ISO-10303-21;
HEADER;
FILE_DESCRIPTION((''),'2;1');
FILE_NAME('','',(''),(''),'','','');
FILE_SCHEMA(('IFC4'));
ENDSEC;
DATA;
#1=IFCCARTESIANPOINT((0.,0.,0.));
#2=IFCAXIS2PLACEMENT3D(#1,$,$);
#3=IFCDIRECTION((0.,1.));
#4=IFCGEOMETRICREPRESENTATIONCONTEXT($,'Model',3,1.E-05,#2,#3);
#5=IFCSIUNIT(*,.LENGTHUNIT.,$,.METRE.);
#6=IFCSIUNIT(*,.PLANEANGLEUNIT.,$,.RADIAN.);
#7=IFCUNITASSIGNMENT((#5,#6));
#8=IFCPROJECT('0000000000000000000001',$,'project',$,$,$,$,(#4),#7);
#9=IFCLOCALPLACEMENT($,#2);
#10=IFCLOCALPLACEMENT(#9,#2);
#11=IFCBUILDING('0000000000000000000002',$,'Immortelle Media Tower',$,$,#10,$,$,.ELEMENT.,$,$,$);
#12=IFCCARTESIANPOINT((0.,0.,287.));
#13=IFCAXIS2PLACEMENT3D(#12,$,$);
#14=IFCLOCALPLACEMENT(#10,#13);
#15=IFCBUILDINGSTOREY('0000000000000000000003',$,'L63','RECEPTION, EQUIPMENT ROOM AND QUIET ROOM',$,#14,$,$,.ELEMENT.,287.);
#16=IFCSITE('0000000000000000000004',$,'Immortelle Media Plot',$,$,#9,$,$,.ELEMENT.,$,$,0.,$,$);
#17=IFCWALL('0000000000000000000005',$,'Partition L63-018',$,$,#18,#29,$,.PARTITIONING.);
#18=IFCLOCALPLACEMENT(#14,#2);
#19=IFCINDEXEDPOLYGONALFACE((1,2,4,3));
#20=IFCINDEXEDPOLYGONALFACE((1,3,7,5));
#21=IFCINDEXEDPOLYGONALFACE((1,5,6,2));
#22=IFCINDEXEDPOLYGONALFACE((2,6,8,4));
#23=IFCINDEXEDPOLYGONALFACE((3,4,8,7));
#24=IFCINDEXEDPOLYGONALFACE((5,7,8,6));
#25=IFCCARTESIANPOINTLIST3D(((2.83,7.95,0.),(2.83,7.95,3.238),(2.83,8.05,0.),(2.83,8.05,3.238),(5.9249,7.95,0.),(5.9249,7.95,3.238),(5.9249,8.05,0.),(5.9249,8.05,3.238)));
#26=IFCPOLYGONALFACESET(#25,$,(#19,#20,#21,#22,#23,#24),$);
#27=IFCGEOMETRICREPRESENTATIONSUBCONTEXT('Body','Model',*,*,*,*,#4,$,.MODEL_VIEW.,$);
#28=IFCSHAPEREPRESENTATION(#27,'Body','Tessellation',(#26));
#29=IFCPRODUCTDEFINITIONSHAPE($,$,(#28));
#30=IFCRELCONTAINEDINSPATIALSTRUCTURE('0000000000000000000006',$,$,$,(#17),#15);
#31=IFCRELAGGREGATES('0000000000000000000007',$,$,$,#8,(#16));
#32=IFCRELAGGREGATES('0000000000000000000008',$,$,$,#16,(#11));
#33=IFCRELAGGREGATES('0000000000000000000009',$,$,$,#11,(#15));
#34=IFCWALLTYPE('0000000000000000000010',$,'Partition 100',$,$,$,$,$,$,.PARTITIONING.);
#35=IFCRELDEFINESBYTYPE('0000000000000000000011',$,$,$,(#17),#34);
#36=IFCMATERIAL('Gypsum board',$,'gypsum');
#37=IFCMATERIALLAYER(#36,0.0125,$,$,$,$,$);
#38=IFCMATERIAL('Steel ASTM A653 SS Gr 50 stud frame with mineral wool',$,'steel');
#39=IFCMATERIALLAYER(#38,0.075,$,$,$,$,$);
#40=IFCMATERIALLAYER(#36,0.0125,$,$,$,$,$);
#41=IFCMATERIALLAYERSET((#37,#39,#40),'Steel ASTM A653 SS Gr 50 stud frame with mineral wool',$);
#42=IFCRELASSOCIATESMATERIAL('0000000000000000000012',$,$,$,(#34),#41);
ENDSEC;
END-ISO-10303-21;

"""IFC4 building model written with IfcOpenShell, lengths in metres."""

from ifc_helpers import new_model, si_unit, direction, frame, frame_2d, origin, place, context, subcontext, project, spatial, rectangle, extrude, material, layer, layer_set, type_object, element, save


model = new_model("IFC4")

# Units and contexts
model_context = context("Model", 3, precision=1e-05, world=origin(), true_north=direction((0.0, 1.0)))
body_context = subcontext(model_context, "Body", "Model", "MODEL_VIEW")
ifc_project = project(units=[si_unit("LENGTHUNIT", "METRE"), si_unit("PLANEANGLEUNIT", "RADIAN")], contexts=[model_context])

# Site, building, storey
site_placement = place(None, origin())
site = spatial("IfcSite", under=ifc_project, at=site_placement, Name="Immortelle Media Plot", CompositionType="ELEMENT", RefElevation=0.0)
building_placement = place(site_placement, origin())
building = spatial("IfcBuilding", under=site, at=building_placement, Name="Immortelle Media Tower", CompositionType="ELEMENT")
storey_placement = place(building_placement, frame((0.0, 0.0, 287.0)))
storey = spatial("IfcBuildingStorey", under=building, at=storey_placement, Name="L63", Description="RECEPTION, EQUIPMENT ROOM AND QUIET ROOM", CompositionType="ELEMENT", Elevation=287.0)

# Shared definitions
ifc_material_1 = material(Name="Steel ASTM A653 SS Gr 50 stud frame with mineral wool", Category="steel")

# Wall
ifc_material_2 = material(Name="Gypsum board", Category="gypsum")
ifc_layer_1 = layer(ifc_material_2, 0.0125)
ifc_layer_2 = layer(ifc_material_1, 0.075)
ifc_layer_3 = layer(ifc_material_2, 0.0125)
ifc_layer_set_1 = layer_set([ifc_layer_1, ifc_layer_2, ifc_layer_3], Name="Steel ASTM A653 SS Gr 50 stud frame with mineral wool")
wall_type_1 = type_object("IfcWallType", Name="Partition 100", PredefinedType="PARTITIONING", material=ifc_layer_set_1)
for number, where, z_axis, x_axis, name in (
    (1, (2.8301, 8.0, 0.0), (0.0, 0.0, 1.0), (1.0, 0.0, 0.0), "Partition L63-018"),
):
    element("IfcWall", number, at=place(storey_placement, frame(where, z_axis=z_axis, x_axis=x_axis)), inside=storey, type_object=wall_type_1, Name=name, PredefinedType="PARTITIONING", context=body_context, shape_type="SweptSolid", body=[
        extrude(rectangle(XDim=3.095, YDim=0.1001, at=frame_2d((1.5474, 0.0))), origin(), (0.0, 0.0, 1.0), 3.238),
    ])

save(model, "model.ifc")
